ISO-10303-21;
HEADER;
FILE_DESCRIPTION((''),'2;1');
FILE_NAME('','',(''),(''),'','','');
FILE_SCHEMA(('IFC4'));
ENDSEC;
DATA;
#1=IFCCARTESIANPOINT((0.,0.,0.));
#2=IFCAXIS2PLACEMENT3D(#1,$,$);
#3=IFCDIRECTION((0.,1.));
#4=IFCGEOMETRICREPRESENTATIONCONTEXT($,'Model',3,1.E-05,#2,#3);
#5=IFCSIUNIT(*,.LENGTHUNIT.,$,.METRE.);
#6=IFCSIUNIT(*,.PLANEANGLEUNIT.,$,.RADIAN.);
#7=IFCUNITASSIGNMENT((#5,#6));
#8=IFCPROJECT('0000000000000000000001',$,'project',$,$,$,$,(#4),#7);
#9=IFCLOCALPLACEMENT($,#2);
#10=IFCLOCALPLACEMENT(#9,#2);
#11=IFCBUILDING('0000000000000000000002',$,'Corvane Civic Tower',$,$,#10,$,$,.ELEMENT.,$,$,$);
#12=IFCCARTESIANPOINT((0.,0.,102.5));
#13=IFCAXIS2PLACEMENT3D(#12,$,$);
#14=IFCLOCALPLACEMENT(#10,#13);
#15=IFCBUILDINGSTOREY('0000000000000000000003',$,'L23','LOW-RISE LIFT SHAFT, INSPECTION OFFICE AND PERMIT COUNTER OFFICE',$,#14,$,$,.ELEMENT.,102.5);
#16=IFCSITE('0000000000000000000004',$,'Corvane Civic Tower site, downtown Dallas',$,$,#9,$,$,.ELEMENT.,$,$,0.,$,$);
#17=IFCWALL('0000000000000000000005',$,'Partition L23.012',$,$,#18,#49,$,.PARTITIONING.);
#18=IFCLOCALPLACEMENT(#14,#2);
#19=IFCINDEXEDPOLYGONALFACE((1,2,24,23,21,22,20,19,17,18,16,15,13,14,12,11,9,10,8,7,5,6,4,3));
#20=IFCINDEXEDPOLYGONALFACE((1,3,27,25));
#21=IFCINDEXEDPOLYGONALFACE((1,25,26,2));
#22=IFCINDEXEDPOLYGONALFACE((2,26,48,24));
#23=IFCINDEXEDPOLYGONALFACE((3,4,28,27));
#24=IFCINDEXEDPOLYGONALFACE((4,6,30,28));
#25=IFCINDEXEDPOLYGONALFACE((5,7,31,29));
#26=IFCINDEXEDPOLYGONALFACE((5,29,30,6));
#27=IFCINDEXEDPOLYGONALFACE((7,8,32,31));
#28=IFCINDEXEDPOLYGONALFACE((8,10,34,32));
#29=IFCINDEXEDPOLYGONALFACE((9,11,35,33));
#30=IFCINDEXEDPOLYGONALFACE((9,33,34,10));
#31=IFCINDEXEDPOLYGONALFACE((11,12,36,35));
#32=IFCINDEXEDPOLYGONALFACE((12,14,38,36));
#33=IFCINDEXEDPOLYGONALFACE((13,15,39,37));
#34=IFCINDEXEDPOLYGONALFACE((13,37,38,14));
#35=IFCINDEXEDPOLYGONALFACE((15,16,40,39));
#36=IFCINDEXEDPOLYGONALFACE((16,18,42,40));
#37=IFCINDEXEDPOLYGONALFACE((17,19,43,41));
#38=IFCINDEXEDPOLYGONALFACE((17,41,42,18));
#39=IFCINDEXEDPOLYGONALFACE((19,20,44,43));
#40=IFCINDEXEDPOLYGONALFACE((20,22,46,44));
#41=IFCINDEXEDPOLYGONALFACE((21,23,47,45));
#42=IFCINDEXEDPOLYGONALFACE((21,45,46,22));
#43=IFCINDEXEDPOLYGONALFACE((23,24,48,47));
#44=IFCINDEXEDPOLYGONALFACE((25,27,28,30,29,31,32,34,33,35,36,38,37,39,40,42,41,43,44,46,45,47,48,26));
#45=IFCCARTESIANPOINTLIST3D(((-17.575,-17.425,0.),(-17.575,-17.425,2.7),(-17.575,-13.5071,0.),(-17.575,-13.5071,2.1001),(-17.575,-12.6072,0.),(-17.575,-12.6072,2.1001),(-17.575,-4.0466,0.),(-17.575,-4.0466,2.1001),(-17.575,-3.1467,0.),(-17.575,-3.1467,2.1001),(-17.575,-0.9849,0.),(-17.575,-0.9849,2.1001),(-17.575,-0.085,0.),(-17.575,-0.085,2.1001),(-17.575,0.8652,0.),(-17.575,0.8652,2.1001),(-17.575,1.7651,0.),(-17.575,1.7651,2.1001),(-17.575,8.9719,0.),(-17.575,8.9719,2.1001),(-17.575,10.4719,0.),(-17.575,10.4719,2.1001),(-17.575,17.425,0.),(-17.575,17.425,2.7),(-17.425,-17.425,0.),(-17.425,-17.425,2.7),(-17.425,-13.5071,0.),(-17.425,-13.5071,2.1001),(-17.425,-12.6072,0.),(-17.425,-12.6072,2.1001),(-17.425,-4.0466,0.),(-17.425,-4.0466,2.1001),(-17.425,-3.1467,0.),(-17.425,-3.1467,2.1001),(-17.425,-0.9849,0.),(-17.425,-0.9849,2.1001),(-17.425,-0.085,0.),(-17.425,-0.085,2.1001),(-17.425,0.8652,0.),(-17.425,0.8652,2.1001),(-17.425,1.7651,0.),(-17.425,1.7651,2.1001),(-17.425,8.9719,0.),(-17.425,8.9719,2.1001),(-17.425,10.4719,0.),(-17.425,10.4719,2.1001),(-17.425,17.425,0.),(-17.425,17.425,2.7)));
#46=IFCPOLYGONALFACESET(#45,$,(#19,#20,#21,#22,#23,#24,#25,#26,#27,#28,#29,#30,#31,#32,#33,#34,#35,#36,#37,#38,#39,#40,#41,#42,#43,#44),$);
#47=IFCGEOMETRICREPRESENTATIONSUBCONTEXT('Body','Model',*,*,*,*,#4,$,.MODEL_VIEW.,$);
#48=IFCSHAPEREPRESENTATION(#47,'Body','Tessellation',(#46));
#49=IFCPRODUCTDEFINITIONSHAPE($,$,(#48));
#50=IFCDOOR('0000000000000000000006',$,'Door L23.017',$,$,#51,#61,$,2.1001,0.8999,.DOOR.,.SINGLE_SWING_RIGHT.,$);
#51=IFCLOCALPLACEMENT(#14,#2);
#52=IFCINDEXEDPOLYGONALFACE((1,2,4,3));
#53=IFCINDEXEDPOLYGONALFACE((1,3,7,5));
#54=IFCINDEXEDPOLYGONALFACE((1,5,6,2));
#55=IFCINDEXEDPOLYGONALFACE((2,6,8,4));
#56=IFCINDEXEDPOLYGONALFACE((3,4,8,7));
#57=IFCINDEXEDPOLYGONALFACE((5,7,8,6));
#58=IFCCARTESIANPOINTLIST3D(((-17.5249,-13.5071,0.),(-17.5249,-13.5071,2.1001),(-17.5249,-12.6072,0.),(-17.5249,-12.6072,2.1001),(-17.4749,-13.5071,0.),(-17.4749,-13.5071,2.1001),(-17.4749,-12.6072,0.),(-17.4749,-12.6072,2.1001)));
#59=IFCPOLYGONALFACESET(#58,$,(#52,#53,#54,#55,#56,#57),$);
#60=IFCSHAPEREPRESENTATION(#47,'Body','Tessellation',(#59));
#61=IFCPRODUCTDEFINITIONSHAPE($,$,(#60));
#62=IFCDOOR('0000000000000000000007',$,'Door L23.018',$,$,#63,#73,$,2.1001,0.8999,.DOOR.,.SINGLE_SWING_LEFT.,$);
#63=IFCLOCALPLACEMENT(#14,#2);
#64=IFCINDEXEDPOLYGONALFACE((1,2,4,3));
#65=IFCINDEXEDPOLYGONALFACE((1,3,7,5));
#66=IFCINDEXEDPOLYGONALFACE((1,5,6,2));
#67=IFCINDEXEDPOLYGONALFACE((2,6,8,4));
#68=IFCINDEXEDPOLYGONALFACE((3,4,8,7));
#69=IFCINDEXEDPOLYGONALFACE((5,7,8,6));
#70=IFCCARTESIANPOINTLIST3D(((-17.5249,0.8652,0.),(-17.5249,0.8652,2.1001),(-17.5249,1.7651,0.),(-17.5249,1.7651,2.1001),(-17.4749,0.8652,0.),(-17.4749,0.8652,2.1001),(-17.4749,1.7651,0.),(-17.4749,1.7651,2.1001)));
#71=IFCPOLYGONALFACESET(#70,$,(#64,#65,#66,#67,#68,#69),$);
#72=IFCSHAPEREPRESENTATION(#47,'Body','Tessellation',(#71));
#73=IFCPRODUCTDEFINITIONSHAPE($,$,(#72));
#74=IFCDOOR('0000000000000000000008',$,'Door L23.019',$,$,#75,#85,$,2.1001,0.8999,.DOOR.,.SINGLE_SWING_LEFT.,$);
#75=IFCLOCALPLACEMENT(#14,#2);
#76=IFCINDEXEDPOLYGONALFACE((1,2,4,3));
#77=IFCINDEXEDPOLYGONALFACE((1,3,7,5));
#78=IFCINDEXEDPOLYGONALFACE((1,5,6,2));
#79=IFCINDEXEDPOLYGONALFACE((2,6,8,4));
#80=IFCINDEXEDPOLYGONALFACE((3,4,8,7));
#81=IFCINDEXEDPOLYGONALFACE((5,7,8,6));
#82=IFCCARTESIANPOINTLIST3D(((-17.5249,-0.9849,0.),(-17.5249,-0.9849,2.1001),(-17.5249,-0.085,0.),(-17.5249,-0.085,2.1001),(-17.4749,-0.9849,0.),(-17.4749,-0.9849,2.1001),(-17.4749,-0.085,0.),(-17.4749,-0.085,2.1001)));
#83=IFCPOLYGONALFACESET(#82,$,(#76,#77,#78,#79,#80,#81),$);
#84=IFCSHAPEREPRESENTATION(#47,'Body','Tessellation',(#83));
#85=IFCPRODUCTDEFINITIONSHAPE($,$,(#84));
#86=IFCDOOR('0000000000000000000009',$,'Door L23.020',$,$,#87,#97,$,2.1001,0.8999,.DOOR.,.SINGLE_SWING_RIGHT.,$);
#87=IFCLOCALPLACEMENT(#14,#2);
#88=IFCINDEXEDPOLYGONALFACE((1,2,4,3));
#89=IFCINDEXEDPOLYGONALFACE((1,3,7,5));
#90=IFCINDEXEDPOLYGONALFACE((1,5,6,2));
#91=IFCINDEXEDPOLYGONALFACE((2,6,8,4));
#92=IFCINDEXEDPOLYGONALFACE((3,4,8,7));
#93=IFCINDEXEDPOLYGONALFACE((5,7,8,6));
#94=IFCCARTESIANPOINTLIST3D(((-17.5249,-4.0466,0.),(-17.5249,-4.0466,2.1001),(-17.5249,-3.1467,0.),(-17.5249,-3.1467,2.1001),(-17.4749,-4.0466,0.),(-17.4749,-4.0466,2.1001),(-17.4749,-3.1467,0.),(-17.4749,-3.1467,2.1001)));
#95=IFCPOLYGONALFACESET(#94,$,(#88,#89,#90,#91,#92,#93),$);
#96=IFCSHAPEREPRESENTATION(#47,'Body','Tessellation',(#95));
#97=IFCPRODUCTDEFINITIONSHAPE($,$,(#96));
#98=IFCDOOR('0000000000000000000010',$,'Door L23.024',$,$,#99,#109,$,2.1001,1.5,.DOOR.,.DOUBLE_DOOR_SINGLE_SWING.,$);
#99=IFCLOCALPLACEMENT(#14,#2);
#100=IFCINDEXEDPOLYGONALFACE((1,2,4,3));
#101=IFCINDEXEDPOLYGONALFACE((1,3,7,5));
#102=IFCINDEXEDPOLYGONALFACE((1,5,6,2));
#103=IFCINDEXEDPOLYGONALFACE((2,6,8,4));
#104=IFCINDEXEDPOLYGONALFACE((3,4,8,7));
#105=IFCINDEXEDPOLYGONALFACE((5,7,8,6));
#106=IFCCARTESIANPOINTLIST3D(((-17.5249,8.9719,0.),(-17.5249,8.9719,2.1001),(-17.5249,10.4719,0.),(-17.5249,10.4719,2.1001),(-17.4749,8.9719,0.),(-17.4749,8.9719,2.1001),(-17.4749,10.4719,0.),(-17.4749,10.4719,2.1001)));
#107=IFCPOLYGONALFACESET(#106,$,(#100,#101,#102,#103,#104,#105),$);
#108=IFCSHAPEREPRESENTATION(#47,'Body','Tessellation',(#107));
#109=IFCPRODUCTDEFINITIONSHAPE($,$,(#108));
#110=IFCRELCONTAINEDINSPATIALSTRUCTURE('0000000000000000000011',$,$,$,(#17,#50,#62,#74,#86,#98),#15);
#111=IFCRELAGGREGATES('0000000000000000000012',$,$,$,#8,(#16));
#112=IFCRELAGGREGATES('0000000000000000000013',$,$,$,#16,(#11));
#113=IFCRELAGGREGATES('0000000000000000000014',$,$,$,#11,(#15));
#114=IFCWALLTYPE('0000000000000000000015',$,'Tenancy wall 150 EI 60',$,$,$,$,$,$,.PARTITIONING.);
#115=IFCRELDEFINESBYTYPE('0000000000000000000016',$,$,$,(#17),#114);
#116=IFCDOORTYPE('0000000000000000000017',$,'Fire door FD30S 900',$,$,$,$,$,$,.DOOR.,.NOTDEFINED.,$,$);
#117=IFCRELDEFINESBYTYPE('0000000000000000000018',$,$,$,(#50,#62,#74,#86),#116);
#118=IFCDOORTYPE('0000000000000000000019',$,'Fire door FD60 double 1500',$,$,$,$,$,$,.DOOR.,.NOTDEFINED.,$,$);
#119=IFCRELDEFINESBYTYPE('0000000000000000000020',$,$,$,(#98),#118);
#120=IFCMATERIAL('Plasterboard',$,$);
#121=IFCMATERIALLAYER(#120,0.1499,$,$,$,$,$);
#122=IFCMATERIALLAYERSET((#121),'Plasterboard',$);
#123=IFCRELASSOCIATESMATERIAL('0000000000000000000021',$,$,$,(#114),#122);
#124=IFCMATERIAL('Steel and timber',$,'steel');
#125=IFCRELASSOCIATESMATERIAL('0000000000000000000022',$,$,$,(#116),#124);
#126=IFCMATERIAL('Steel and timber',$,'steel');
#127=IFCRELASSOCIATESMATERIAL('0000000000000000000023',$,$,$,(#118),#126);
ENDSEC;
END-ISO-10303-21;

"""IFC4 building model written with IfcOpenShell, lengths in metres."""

from ifc_helpers import new_model, si_unit, direction, frame, frame_2d, origin, place, context, subcontext, project, spatial, rectangle, extrude, material, layer, layer_set, type_object, element, fill, save


model = new_model("IFC4")

# Units and contexts
model_context = context("Model", 3, precision=1e-05, world=origin(), true_north=direction((0.0, 1.0)))
body_context = subcontext(model_context, "Body", "Model", "MODEL_VIEW")
ifc_project = project(units=[si_unit("LENGTHUNIT", "METRE"), si_unit("PLANEANGLEUNIT", "RADIAN")], contexts=[model_context])

# Site, building, storey
site_placement = place(None, origin())
site = spatial("IfcSite", under=ifc_project, at=site_placement, Name="Corvane Civic Tower site, downtown Dallas", CompositionType="ELEMENT", RefElevation=0.0)
building_placement = place(site_placement, origin())
building = spatial("IfcBuilding", under=site, at=building_placement, Name="Corvane Civic Tower", CompositionType="ELEMENT")
storey_placement = place(building_placement, frame((0.0, 0.0, 102.5)))
storey = spatial("IfcBuildingStorey", under=building, at=storey_placement, Name="L23", Description="LOW-RISE LIFT SHAFT, INSPECTION OFFICE AND PERMIT COUNTER OFFICE", CompositionType="ELEMENT", Elevation=102.5)

# Wall, openings, doors
ifc_material_1 = material(Name="Plasterboard")
ifc_layer_1 = layer(ifc_material_1, 0.1499)
ifc_layer_set_1 = layer_set([ifc_layer_1], Name="Plasterboard")
wall_type_1 = type_object("IfcWallType", Name="Tenancy wall 150 EI 60", PredefinedType="PARTITIONING", material=ifc_layer_set_1)
wall_1_placement = place(storey_placement, frame((-17.5, -17.425, 0.0), z_axis=(0.0, 0.0, 1.0), x_axis=(0.0, 1.0, 0.0)))
wall_1 = element("IfcWall", 1, at=wall_1_placement, inside=storey, type_object=wall_type_1, Name="Partition L23.012", PredefinedType="PARTITIONING", context=body_context, shape_type="SweptSolid", body=[
    extrude(rectangle(XDim=34.8501, YDim=0.1499, at=frame_2d((17.425, 0.0))), origin(), (0.0, 0.0, 1.0), 2.7),
])
opening_1_placement = place(wall_1_placement, frame((3.918, 0.0, 0.0)))
opening_1 = element("IfcOpeningElement", 2, at=opening_1_placement, cuts=wall_1, PredefinedType="OPENING", context=body_context, shape_type="SweptSolid", body=[
    extrude(rectangle(XDim=0.8999, YDim=2.1001, at=frame_2d((0.45, 1.05))), frame((0.0, 0.085, 0.0), z_axis=(0.0, -1.0, 0.0), x_axis=(1.0, 0.0, 0.0)), (0.0, 0.0, 1.0), 0.1699),
])
opening_2_placement = place(wall_1_placement, frame((18.2903, 0.0, 0.0)))
opening_2 = element("IfcOpeningElement", 3, at=opening_2_placement, cuts=wall_1, PredefinedType="OPENING", context=body_context, shape_type="SweptSolid", body=[
    extrude(rectangle(XDim=0.8999, YDim=2.1001, at=frame_2d((0.45, 1.05))), frame((0.0, 0.085, 0.0), z_axis=(0.0, -1.0, 0.0), x_axis=(1.0, 0.0, 0.0)), (0.0, 0.0, 1.0), 0.1699),
])
opening_3_placement = place(wall_1_placement, frame((16.4402, 0.0, 0.0)))
opening_3 = element("IfcOpeningElement", 4, at=opening_3_placement, cuts=wall_1, PredefinedType="OPENING", context=body_context, shape_type="SweptSolid", body=[
    extrude(rectangle(XDim=0.8999, YDim=2.1001, at=frame_2d((0.45, 1.05))), frame((0.0, 0.085, 0.0), z_axis=(0.0, -1.0, 0.0), x_axis=(1.0, 0.0, 0.0)), (0.0, 0.0, 1.0), 0.1699),
])
opening_4_placement = place(wall_1_placement, frame((13.3784, 0.0, 0.0)))
opening_4 = element("IfcOpeningElement", 5, at=opening_4_placement, cuts=wall_1, PredefinedType="OPENING", context=body_context, shape_type="SweptSolid", body=[
    extrude(rectangle(XDim=0.8999, YDim=2.1001, at=frame_2d((0.45, 1.05))), frame((0.0, 0.085, 0.0), z_axis=(0.0, -1.0, 0.0), x_axis=(1.0, 0.0, 0.0)), (0.0, 0.0, 1.0), 0.1699),
])
opening_5_placement = place(wall_1_placement, frame((26.397, 0.0, 0.0)))
opening_5 = element("IfcOpeningElement", 6, at=opening_5_placement, cuts=wall_1, PredefinedType="OPENING", context=body_context, shape_type="SweptSolid", body=[
    extrude(rectangle(XDim=1.5, YDim=2.1001, at=frame_2d((0.75, 1.05))), frame((0.0, 0.085, 0.0), z_axis=(0.0, -1.0, 0.0), x_axis=(1.0, 0.0, 0.0)), (0.0, 0.0, 1.0), 0.1699),
])
ifc_material_2 = material(Name="Steel and timber", Category="steel")
door_type_1 = type_object("IfcDoorType", Name="Fire door FD30S 900", OperationType="NOTDEFINED", PredefinedType="DOOR", material=ifc_material_2)
door_1_placement = place(opening_1_placement, origin())
door_1 = element("IfcDoor", 7, at=door_1_placement, inside=storey, type_object=door_type_1, Name="Door L23.017", OperationType="SINGLE_SWING_RIGHT", OverallHeight=2.1001, OverallWidth=0.8999, PredefinedType="DOOR", context=body_context, shape_type="SweptSolid", body=[
    extrude(rectangle(XDim=0.8999, YDim=2.1001, at=frame_2d((0.45, 1.05))), frame((0.0, 0.0249, 0.0), z_axis=(0.0, -1.0, 0.0), x_axis=(1.0, 0.0, 0.0)), (0.0, 0.0, 1.0), 0.05),
])
fill(opening_1, door_1)
door_2_placement = place(opening_2_placement, origin())
door_2 = element("IfcDoor", 8, at=door_2_placement, inside=storey, type_object=door_type_1, Name="Door L23.018", OperationType="SINGLE_SWING_LEFT", OverallHeight=2.1001, OverallWidth=0.8999, PredefinedType="DOOR", context=body_context, shape_type="SweptSolid", body=[
    extrude(rectangle(XDim=0.8999, YDim=2.1001, at=frame_2d((0.45, 1.05))), frame((0.0, 0.0249, 0.0), z_axis=(0.0, -1.0, 0.0), x_axis=(1.0, 0.0, 0.0)), (0.0, 0.0, 1.0), 0.05),
])
fill(opening_2, door_2)
door_3_placement = place(opening_3_placement, origin())
door_3 = element("IfcDoor", 9, at=door_3_placement, inside=storey, type_object=door_type_1, Name="Door L23.019", OperationType="SINGLE_SWING_LEFT", OverallHeight=2.1001, OverallWidth=0.8999, PredefinedType="DOOR", context=body_context, shape_type="SweptSolid", body=[
    extrude(rectangle(XDim=0.8999, YDim=2.1001, at=frame_2d((0.45, 1.05))), frame((0.0, 0.0249, 0.0), z_axis=(0.0, -1.0, 0.0), x_axis=(1.0, 0.0, 0.0)), (0.0, 0.0, 1.0), 0.05),
])
fill(opening_3, door_3)
door_4_placement = place(opening_4_placement, origin())
door_4 = element("IfcDoor", 10, at=door_4_placement, inside=storey, type_object=door_type_1, Name="Door L23.020", OperationType="SINGLE_SWING_RIGHT", OverallHeight=2.1001, OverallWidth=0.8999, PredefinedType="DOOR", context=body_context, shape_type="SweptSolid", body=[
    extrude(rectangle(XDim=0.8999, YDim=2.1001, at=frame_2d((0.45, 1.05))), frame((0.0, 0.0249, 0.0), z_axis=(0.0, -1.0, 0.0), x_axis=(1.0, 0.0, 0.0)), (0.0, 0.0, 1.0), 0.05),
])
fill(opening_4, door_4)
ifc_material_3 = material(Name="Steel and timber", Category="steel")
door_type_2 = type_object("IfcDoorType", Name="Fire door FD60 double 1500", OperationType="NOTDEFINED", PredefinedType="DOOR", material=ifc_material_3)
door_5_placement = place(opening_5_placement, origin())
door_5 = element("IfcDoor", 11, at=door_5_placement, inside=storey, type_object=door_type_2, Name="Door L23.024", OperationType="DOUBLE_DOOR_SINGLE_SWING", OverallHeight=2.1001, OverallWidth=1.5, PredefinedType="DOOR", context=body_context, shape_type="SweptSolid", body=[
    extrude(rectangle(XDim=1.5, YDim=2.1001, at=frame_2d((0.75, 1.05))), frame((0.0, 0.0249, 0.0), z_axis=(0.0, -1.0, 0.0), x_axis=(1.0, 0.0, 0.0)), (0.0, 0.0, 1.0), 0.05),
])
fill(opening_5, door_5)

save(model, "model.ifc")
